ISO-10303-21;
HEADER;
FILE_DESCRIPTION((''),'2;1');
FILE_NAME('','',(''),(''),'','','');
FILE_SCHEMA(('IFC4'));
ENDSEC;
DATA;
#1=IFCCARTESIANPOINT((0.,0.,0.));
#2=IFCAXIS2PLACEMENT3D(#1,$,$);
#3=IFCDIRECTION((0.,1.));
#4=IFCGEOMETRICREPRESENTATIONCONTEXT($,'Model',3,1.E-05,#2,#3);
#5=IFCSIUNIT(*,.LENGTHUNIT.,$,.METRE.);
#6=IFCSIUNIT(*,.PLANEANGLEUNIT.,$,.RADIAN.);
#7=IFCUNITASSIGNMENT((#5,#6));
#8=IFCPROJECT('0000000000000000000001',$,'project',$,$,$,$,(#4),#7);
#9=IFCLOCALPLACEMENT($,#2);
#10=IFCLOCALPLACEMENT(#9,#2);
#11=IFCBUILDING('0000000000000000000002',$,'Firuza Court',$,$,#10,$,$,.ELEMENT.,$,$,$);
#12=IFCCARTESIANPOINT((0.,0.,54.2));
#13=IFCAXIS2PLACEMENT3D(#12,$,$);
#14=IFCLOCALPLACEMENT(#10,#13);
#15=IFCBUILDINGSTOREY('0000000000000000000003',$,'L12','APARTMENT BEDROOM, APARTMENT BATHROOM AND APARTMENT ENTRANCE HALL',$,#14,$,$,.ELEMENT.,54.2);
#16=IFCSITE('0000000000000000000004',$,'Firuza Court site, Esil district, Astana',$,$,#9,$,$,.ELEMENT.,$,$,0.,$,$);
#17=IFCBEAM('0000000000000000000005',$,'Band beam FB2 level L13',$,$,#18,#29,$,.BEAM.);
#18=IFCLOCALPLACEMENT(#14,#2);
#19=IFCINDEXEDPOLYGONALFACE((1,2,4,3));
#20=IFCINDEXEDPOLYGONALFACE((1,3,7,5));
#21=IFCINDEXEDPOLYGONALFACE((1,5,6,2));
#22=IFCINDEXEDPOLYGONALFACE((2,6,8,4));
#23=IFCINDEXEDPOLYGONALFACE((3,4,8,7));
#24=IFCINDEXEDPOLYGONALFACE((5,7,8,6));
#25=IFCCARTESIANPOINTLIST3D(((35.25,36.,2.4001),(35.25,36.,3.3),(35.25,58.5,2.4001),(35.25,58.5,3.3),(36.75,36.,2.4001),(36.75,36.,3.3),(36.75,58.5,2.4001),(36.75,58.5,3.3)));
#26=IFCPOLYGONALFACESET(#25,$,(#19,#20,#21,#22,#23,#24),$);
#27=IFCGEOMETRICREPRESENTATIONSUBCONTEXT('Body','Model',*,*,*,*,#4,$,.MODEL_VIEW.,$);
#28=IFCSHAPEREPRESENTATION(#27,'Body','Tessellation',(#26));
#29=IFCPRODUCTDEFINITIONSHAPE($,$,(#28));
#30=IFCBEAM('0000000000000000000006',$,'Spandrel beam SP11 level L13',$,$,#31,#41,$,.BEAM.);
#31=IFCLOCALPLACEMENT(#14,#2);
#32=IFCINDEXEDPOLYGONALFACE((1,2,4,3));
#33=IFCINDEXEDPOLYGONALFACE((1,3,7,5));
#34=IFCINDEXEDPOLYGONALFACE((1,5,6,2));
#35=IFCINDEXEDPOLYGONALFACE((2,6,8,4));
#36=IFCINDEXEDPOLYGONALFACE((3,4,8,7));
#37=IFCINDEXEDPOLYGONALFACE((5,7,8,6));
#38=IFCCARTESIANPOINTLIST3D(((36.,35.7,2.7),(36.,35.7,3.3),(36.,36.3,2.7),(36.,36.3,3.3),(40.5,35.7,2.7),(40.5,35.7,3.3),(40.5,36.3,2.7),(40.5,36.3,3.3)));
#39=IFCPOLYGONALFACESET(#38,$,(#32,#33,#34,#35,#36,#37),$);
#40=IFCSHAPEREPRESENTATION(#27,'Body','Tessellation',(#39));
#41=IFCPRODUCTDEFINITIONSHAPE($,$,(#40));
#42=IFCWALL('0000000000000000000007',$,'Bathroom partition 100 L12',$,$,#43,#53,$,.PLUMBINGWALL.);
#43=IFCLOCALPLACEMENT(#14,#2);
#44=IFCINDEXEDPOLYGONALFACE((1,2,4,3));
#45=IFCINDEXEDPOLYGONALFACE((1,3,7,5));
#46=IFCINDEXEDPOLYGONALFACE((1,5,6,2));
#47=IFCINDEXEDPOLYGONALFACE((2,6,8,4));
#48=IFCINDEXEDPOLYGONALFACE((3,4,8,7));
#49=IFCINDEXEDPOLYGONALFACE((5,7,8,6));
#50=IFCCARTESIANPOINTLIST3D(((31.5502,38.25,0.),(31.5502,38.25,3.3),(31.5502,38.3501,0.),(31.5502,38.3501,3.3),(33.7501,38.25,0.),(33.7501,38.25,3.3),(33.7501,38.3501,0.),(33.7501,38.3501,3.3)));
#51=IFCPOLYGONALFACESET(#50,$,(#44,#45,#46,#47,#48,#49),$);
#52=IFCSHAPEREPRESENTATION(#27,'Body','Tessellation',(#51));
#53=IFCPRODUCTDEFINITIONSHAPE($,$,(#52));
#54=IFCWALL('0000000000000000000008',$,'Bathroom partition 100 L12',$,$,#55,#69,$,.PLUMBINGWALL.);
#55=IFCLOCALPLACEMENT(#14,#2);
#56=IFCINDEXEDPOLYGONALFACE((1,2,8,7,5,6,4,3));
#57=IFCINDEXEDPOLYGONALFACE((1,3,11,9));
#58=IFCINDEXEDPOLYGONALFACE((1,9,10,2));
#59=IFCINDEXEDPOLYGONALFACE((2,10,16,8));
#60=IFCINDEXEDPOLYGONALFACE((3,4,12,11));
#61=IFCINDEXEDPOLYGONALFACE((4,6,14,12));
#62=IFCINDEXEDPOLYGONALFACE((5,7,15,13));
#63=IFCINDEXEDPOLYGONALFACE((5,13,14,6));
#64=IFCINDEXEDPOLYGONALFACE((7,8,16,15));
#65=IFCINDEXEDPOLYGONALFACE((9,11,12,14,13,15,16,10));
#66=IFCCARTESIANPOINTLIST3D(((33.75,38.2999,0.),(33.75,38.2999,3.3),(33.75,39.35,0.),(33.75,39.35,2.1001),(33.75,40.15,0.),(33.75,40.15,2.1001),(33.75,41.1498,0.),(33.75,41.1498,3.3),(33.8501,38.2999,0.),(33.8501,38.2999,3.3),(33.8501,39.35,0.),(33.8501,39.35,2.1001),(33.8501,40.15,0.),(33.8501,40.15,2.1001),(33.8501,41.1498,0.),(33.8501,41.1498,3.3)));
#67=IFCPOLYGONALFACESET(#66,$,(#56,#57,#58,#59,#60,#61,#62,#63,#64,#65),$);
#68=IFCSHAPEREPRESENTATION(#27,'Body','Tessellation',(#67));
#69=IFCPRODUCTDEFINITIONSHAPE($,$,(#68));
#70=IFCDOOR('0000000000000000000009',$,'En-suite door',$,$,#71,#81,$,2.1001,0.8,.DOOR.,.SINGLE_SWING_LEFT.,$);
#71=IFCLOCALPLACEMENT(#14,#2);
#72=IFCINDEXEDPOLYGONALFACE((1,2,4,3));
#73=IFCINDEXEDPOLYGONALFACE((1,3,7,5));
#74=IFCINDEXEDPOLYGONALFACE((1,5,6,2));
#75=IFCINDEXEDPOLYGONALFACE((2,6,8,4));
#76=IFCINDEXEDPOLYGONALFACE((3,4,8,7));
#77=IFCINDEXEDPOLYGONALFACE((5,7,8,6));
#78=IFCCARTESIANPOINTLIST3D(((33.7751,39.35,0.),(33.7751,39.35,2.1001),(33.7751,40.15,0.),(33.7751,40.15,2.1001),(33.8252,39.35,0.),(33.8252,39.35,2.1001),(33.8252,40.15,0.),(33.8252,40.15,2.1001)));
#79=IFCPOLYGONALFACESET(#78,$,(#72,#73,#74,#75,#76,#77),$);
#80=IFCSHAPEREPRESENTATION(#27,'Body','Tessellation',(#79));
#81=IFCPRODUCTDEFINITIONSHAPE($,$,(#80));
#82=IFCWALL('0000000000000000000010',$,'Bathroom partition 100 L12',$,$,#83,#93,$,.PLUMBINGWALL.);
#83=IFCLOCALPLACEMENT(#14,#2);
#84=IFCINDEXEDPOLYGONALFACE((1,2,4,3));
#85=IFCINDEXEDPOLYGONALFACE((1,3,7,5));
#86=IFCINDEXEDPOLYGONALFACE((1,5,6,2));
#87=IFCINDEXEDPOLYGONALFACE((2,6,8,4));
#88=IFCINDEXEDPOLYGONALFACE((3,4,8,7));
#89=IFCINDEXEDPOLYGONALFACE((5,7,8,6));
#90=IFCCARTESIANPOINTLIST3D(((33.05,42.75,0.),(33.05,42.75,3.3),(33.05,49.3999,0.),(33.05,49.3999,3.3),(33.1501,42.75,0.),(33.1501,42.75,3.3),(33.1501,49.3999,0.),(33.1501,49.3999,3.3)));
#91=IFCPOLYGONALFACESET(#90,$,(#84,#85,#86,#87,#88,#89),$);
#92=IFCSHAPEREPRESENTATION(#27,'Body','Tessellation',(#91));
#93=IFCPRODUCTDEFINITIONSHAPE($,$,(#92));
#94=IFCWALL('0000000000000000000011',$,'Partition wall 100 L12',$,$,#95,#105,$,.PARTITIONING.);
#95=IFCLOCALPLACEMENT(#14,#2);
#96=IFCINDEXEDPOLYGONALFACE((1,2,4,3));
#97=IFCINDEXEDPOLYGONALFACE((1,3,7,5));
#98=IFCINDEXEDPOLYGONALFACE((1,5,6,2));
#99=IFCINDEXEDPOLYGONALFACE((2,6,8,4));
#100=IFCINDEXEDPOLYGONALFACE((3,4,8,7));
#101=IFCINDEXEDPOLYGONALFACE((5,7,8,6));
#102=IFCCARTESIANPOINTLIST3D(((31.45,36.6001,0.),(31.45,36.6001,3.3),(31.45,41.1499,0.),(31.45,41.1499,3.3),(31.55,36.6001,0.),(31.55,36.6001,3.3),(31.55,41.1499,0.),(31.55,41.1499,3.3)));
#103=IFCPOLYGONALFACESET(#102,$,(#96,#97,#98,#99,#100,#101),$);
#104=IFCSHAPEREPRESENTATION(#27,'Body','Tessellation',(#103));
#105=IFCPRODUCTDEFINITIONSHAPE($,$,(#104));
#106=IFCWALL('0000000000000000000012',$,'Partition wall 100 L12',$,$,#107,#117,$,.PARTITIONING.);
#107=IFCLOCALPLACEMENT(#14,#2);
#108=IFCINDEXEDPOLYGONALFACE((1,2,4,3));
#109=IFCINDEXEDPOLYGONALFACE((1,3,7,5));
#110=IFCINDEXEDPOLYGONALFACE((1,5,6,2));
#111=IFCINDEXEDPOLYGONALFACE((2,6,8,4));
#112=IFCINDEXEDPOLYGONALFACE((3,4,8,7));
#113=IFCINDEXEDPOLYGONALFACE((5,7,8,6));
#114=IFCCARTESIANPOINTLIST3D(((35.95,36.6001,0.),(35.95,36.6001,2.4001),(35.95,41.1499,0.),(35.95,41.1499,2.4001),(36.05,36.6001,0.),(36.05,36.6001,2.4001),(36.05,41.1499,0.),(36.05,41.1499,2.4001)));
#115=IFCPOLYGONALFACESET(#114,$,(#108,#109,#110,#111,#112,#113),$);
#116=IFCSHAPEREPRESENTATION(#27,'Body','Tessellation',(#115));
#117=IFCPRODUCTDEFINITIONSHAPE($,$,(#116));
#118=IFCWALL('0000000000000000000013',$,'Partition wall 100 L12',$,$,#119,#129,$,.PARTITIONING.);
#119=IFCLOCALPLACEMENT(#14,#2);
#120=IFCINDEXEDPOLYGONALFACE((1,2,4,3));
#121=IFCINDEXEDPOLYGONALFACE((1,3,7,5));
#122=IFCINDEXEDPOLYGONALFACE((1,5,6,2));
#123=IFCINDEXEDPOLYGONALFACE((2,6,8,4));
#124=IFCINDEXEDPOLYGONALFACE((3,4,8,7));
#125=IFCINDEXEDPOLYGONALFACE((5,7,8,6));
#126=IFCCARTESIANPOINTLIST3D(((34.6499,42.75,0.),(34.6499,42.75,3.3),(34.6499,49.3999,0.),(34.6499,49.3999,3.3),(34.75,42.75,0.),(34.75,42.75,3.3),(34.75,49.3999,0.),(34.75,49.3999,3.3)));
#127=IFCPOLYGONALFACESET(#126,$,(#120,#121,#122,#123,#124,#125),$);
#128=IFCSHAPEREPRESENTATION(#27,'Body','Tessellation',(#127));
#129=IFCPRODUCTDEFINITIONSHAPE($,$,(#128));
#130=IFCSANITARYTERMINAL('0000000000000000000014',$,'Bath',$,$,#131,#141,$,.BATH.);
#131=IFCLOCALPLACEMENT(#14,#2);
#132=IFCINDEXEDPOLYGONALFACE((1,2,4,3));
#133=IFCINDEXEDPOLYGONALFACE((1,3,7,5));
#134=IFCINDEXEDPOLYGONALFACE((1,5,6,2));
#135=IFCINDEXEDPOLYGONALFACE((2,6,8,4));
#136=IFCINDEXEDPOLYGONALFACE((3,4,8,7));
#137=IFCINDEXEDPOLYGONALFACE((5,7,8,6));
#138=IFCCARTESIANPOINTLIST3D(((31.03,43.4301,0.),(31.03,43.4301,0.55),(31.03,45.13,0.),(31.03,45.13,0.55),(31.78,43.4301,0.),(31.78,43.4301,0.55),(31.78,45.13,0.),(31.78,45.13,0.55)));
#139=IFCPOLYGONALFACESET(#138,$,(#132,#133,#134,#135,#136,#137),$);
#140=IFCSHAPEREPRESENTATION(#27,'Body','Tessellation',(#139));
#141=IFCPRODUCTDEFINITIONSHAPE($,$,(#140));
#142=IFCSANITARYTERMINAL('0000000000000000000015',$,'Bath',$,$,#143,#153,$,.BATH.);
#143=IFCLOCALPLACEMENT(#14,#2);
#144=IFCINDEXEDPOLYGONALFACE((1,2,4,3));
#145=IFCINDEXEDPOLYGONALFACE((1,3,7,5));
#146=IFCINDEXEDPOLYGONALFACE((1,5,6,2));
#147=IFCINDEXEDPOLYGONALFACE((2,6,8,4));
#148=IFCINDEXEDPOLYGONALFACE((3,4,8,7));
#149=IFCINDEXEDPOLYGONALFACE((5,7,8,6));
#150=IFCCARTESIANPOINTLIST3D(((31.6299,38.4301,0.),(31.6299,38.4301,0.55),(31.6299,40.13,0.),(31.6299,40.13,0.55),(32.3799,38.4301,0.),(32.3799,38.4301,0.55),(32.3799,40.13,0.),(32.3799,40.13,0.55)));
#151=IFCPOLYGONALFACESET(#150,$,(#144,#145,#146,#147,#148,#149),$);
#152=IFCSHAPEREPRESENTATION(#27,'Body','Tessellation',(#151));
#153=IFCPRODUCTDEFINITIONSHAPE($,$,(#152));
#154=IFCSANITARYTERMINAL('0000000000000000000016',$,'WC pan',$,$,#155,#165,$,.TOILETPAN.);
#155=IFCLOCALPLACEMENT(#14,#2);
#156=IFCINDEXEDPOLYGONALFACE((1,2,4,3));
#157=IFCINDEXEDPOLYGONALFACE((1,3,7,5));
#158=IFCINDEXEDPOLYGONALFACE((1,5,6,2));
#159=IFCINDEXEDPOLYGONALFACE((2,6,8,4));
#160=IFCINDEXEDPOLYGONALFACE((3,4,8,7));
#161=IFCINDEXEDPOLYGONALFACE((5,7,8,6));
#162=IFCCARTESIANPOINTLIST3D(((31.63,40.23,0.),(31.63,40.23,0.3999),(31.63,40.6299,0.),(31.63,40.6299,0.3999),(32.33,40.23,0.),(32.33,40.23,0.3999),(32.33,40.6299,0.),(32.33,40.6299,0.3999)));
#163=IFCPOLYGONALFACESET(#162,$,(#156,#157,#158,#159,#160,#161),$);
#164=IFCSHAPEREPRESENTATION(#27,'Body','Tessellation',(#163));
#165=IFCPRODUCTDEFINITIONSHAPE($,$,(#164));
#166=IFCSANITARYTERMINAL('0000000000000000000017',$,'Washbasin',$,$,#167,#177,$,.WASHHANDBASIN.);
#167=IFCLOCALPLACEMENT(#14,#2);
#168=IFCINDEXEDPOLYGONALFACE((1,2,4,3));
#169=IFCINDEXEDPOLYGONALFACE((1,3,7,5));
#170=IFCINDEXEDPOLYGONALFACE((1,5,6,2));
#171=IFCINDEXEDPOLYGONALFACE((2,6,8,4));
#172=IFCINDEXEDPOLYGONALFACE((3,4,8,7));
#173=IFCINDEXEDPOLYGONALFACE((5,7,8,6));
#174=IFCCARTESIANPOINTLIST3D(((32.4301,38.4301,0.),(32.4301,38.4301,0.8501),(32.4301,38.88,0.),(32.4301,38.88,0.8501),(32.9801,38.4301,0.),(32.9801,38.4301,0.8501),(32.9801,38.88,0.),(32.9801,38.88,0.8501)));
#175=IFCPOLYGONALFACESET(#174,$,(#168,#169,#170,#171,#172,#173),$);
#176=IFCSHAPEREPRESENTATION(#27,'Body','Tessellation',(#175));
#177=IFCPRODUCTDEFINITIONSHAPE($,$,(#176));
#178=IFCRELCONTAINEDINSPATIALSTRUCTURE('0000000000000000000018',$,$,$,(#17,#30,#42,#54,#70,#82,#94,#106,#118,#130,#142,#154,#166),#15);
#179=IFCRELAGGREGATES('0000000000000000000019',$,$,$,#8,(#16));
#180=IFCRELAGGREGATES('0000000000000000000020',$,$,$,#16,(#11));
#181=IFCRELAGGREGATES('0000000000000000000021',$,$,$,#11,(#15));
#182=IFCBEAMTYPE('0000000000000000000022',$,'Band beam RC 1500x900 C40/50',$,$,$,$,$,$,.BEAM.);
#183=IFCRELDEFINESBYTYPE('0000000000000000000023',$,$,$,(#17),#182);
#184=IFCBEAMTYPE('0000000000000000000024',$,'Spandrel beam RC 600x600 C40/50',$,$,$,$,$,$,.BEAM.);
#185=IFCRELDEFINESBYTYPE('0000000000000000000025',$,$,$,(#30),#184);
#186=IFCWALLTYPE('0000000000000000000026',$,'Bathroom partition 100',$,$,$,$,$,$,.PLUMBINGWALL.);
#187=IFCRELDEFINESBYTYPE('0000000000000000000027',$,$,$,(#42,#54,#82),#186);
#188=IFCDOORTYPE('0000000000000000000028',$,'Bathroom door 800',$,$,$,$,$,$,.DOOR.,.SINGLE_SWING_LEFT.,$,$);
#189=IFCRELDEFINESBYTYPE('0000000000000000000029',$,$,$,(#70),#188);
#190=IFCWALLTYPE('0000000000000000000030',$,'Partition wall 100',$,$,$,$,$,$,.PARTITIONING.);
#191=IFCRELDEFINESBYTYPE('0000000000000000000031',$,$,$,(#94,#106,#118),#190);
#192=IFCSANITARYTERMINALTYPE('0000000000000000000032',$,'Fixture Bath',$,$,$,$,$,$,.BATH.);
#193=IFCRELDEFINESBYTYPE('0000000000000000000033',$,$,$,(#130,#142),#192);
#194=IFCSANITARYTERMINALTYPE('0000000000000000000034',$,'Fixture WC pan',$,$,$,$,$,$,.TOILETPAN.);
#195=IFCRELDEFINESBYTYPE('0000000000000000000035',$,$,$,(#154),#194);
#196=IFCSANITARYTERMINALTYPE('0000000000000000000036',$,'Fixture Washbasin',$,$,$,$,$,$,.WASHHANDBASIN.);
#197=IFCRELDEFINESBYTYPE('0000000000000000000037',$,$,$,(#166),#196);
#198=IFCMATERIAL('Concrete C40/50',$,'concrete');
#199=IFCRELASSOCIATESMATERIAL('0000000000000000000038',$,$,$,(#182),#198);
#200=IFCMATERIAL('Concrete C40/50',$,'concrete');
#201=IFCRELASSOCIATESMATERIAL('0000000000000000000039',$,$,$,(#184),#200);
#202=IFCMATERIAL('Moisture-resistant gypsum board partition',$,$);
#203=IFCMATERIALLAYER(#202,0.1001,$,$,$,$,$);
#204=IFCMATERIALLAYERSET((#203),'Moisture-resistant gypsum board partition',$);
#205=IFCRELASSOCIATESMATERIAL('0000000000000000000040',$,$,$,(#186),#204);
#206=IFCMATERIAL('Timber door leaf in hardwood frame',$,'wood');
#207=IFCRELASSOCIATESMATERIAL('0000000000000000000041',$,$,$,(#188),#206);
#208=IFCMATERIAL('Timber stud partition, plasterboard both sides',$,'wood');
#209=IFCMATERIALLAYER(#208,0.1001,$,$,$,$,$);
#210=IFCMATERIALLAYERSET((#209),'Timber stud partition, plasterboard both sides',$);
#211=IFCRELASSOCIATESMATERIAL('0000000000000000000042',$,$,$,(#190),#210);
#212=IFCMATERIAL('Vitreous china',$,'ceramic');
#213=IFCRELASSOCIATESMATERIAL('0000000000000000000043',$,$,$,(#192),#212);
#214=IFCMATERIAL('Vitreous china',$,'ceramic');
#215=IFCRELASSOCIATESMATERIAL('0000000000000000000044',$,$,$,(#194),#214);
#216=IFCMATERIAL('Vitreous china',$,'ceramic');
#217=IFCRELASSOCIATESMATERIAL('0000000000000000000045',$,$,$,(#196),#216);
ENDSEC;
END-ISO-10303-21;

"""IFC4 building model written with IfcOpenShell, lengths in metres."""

from ifc_helpers import new_model, si_unit, direction, frame, frame_2d, origin, origin_2d, place, context, subcontext, project, spatial, rectangle, extrude, material, layer, layer_set, material_profile, profile_set, type_object, element, fill, save


model = new_model("IFC4")

# Units and contexts
model_context = context("Model", 3, precision=1e-05, world=origin(), true_north=direction((0.0, 1.0)))
body_context = subcontext(model_context, "Body", "Model", "MODEL_VIEW")
ifc_project = project(units=[si_unit("LENGTHUNIT", "METRE"), si_unit("PLANEANGLEUNIT", "RADIAN")], contexts=[model_context])

# Site, building, storey
site_placement = place(None, origin())
site = spatial("IfcSite", under=ifc_project, at=site_placement, Name="Firuza Court site, Esil district, Astana", CompositionType="ELEMENT", RefElevation=0.0)
building_placement = place(site_placement, origin())
building = spatial("IfcBuilding", under=site, at=building_placement, Name="Firuza Court", CompositionType="ELEMENT")
storey_placement = place(building_placement, frame((0.0, 0.0, 54.2)))
storey = spatial("IfcBuildingStorey", under=building, at=storey_placement, Name="L12", Description="APARTMENT BEDROOM, APARTMENT BATHROOM AND APARTMENT ENTRANCE HALL", CompositionType="ELEMENT", Elevation=54.2)

# Beams
ifc_material_1 = material(Name="Concrete C40/50", Category="concrete")
ifc_material_profile_1 = material_profile(ifc_material_1, rectangle(XDim=1.5, YDim=0.8999, at=origin_2d()), Name="RC 1500x900")
ifc_profile_set_1 = profile_set([ifc_material_profile_1], Name="Concrete C40/50")
beam_type_1 = type_object("IfcBeamType", Name="Band beam RC 1500x900 C40/50", PredefinedType="BEAM", material=ifc_profile_set_1)
beam_1_placement = place(storey_placement, frame((36.0, 36.0, 2.8501), z_axis=(0.0, 1.0, 0.0), x_axis=(-1.0, 0.0, 0.0)))
element("IfcBeam", 1, at=beam_1_placement, inside=storey, type_object=beam_type_1, Name="Band beam FB2 level L13", PredefinedType="BEAM", context=body_context, shape_type="SweptSolid", body=[
    extrude(rectangle(XDim=1.5, YDim=0.8999, at=origin_2d()), origin(), (0.0, 0.0, 1.0), 22.5),
])
ifc_material_2 = material(Name="Concrete C40/50", Category="concrete")
ifc_material_profile_2 = material_profile(ifc_material_2, rectangle(XDim=0.6001, YDim=0.6001, at=origin_2d()), Name="RC 600x600")
ifc_profile_set_2 = profile_set([ifc_material_profile_2], Name="Concrete C40/50")
beam_type_2 = type_object("IfcBeamType", Name="Spandrel beam RC 600x600 C40/50", PredefinedType="BEAM", material=ifc_profile_set_2)
beam_2_placement = place(storey_placement, frame((36.0, 36.0, 3.0), z_axis=(1.0, 0.0, 0.0), x_axis=(0.0, 1.0, 0.0)))
element("IfcBeam", 2, at=beam_2_placement, inside=storey, type_object=beam_type_2, Name="Spandrel beam SP11 level L13", PredefinedType="BEAM", context=body_context, shape_type="SweptSolid", body=[
    extrude(rectangle(XDim=0.6001, YDim=0.6001, at=origin_2d()), origin(), (0.0, 0.0, 1.0), 4.5),
])

# Wall
ifc_material_3 = material(Name="Moisture-resistant gypsum board partition")
ifc_layer_1 = layer(ifc_material_3, 0.1001)
ifc_layer_set_1 = layer_set([ifc_layer_1], Name="Moisture-resistant gypsum board partition")
wall_type_1 = type_object("IfcWallType", Name="Bathroom partition 100", PredefinedType="PLUMBINGWALL", material=ifc_layer_set_1)
wall_1_placement = place(storey_placement, frame((31.55, 38.3, 0.0), z_axis=(0.0, 0.0, 1.0), x_axis=(1.0, 0.0, 0.0)))
element("IfcWall", 3, at=wall_1_placement, inside=storey, type_object=wall_type_1, Name="Bathroom partition 100 L12", PredefinedType="PLUMBINGWALL", context=body_context, shape_type="SweptSolid", body=[
    extrude(rectangle(XDim=2.2, YDim=0.1001, at=frame_2d((1.1001, 0.0))), origin(), (0.0, 0.0, 1.0), 3.3),
])

# Wall, opening, door
wall_2_placement = place(storey_placement, frame((33.8, 38.3, 0.0), z_axis=(0.0, 0.0, 1.0), x_axis=(0.0, 1.0, 0.0)))
wall_2 = element("IfcWall", 4, at=wall_2_placement, inside=storey, type_object=wall_type_1, Name="Bathroom partition 100 L12", PredefinedType="PLUMBINGWALL", context=body_context, shape_type="SweptSolid", body=[
    extrude(rectangle(XDim=2.8499, YDim=0.1001, at=frame_2d((1.4248, 0.0))), origin(), (0.0, 0.0, 1.0), 3.3),
])
opening_placement = place(wall_2_placement, frame((1.05, 0.0, 0.0)))
opening = element("IfcOpeningElement", 5, at=opening_placement, cuts=wall_2, PredefinedType="OPENING", context=body_context, shape_type="SweptSolid", body=[
    extrude(rectangle(XDim=0.8, YDim=2.1001, at=frame_2d((0.3999, 1.05))), frame((0.0, 0.062, 0.0), z_axis=(0.0, -1.0, 0.0), x_axis=(1.0, 0.0, 0.0)), (0.0, 0.0, 1.0), 0.124),
])
ifc_material_4 = material(Name="Timber door leaf in hardwood frame", Category="wood")
door_type = type_object("IfcDoorType", Name="Bathroom door 800", OperationType="SINGLE_SWING_LEFT", PredefinedType="DOOR", material=ifc_material_4)
door_placement = place(opening_placement, origin())
door = element("IfcDoor", 6, at=door_placement, inside=storey, type_object=door_type, Name="En-suite door", OperationType="SINGLE_SWING_LEFT", OverallHeight=2.1001, OverallWidth=0.8, PredefinedType="DOOR", context=body_context, shape_type="SweptSolid", body=[
    extrude(rectangle(XDim=0.8, YDim=2.1001, at=frame_2d((0.3999, 1.05))), frame((0.0, 0.0249, 0.0), z_axis=(0.0, -1.0, 0.0), x_axis=(1.0, 0.0, 0.0)), (0.0, 0.0, 1.0), 0.05),
])
fill(opening, door)

# Walls
wall_3_placement = place(storey_placement, frame((33.1001, 42.75, 0.0), z_axis=(0.0, 0.0, 1.0), x_axis=(0.0, 1.0, 0.0)))
element("IfcWall", 7, at=wall_3_placement, inside=storey, type_object=wall_type_1, Name="Bathroom partition 100 L12", PredefinedType="PLUMBINGWALL", context=body_context, shape_type="SweptSolid", body=[
    extrude(rectangle(XDim=6.6499, YDim=0.1001, at=frame_2d((3.325, 0.0))), origin(), (0.0, 0.0, 1.0), 3.3),
])
ifc_material_5 = material(Name="Timber stud partition, plasterboard both sides", Category="wood")
ifc_layer_2 = layer(ifc_material_5, 0.1001)
ifc_layer_set_2 = layer_set([ifc_layer_2], Name="Timber stud partition, plasterboard both sides")
wall_type_2 = type_object("IfcWallType", Name="Partition wall 100", PredefinedType="PARTITIONING", material=ifc_layer_set_2)
wall_4_placement = place(storey_placement, frame((31.5, 36.6001, 0.0), z_axis=(0.0, 0.0, 1.0), x_axis=(0.0, 1.0, 0.0)))
element("IfcWall", 8, at=wall_4_placement, inside=storey, type_object=wall_type_2, Name="Partition wall 100 L12", PredefinedType="PARTITIONING", context=body_context, shape_type="SweptSolid", body=[
    extrude(rectangle(XDim=4.5498, YDim=0.1001, at=frame_2d((2.2749, 0.0))), origin(), (0.0, 0.0, 1.0), 3.3),
])
wall_5_placement = place(storey_placement, frame((36.0, 36.6001, 0.0), z_axis=(0.0, 0.0, 1.0), x_axis=(0.0, 1.0, 0.0)))
element("IfcWall", 9, at=wall_5_placement, inside=storey, type_object=wall_type_2, Name="Partition wall 100 L12", PredefinedType="PARTITIONING", context=body_context, shape_type="SweptSolid", body=[
    extrude(rectangle(XDim=4.5498, YDim=0.1001, at=frame_2d((2.2749, 0.0))), origin(), (0.0, 0.0, 1.0), 2.4001),
])
wall_6_placement = place(storey_placement, frame((34.7, 42.75, 0.0), z_axis=(0.0, 0.0, 1.0), x_axis=(0.0, 1.0, 0.0)))
element("IfcWall", 10, at=wall_6_placement, inside=storey, type_object=wall_type_2, Name="Partition wall 100 L12", PredefinedType="PARTITIONING", context=body_context, shape_type="SweptSolid", body=[
    extrude(rectangle(XDim=6.6499, YDim=0.1001, at=frame_2d((3.325, 0.0))), origin(), (0.0, 0.0, 1.0), 3.3),
])

# Sanitary terminals
ifc_material_6 = material(Name="Vitreous china", Category="ceramic")
sanitary_terminal_type_1 = type_object("IfcSanitaryTerminalType", Name="Fixture Bath", PredefinedType="BATH", material=ifc_material_6)
for number, where, z_axis, x_axis, name in (
    (11, (31.405, 44.28, 0.0), (0.0, 0.0, 1.0), (1.0, 0.0, 0.0), "Bath"),
    (12, (32.0049, 39.28, 0.0), (0.0, 0.0, 1.0), (1.0, 0.0, 0.0), "Bath"),
):
    element("IfcSanitaryTerminal", number, at=place(storey_placement, frame(where, z_axis=z_axis, x_axis=x_axis)), inside=storey, type_object=sanitary_terminal_type_1, Name=name, PredefinedType="BATH", context=body_context, shape_type="SweptSolid", body=[
        extrude(rectangle(XDim=0.75, YDim=1.7, at=origin_2d()), origin(), (0.0, 0.0, 1.0), 0.55),
    ])
ifc_material_7 = material(Name="Vitreous china", Category="ceramic")
sanitary_terminal_type_2 = type_object("IfcSanitaryTerminalType", Name="Fixture WC pan", PredefinedType="TOILETPAN", material=ifc_material_7)
sanitary_terminal_1_placement = place(storey_placement, frame((31.98, 40.4299, 0.0), z_axis=(0.0, 0.0, 1.0), x_axis=(1.0, 0.0, 0.0)))
element("IfcSanitaryTerminal", 13, at=sanitary_terminal_1_placement, inside=storey, type_object=sanitary_terminal_type_2, Name="WC pan", PredefinedType="TOILETPAN", context=body_context, shape_type="SweptSolid", body=[
    extrude(rectangle(XDim=0.7, YDim=0.3999, at=origin_2d()), origin(), (0.0, 0.0, 1.0), 0.3999),
])
ifc_material_8 = material(Name="Vitreous china", Category="ceramic")
sanitary_terminal_type_3 = type_object("IfcSanitaryTerminalType", Name="Fixture Washbasin", PredefinedType="WASHHANDBASIN", material=ifc_material_8)
sanitary_terminal_2_placement = place(storey_placement, frame((32.7051, 38.655, 0.0), z_axis=(0.0, 0.0, 1.0), x_axis=(1.0, 0.0, 0.0)))
element("IfcSanitaryTerminal", 14, at=sanitary_terminal_2_placement, inside=storey, type_object=sanitary_terminal_type_3, Name="Washbasin", PredefinedType="WASHHANDBASIN", context=body_context, shape_type="SweptSolid", body=[
    extrude(rectangle(XDim=0.55, YDim=0.45, at=origin_2d()), origin(), (0.0, 0.0, 1.0), 0.8501),
])

save(model, "model.ifc")
